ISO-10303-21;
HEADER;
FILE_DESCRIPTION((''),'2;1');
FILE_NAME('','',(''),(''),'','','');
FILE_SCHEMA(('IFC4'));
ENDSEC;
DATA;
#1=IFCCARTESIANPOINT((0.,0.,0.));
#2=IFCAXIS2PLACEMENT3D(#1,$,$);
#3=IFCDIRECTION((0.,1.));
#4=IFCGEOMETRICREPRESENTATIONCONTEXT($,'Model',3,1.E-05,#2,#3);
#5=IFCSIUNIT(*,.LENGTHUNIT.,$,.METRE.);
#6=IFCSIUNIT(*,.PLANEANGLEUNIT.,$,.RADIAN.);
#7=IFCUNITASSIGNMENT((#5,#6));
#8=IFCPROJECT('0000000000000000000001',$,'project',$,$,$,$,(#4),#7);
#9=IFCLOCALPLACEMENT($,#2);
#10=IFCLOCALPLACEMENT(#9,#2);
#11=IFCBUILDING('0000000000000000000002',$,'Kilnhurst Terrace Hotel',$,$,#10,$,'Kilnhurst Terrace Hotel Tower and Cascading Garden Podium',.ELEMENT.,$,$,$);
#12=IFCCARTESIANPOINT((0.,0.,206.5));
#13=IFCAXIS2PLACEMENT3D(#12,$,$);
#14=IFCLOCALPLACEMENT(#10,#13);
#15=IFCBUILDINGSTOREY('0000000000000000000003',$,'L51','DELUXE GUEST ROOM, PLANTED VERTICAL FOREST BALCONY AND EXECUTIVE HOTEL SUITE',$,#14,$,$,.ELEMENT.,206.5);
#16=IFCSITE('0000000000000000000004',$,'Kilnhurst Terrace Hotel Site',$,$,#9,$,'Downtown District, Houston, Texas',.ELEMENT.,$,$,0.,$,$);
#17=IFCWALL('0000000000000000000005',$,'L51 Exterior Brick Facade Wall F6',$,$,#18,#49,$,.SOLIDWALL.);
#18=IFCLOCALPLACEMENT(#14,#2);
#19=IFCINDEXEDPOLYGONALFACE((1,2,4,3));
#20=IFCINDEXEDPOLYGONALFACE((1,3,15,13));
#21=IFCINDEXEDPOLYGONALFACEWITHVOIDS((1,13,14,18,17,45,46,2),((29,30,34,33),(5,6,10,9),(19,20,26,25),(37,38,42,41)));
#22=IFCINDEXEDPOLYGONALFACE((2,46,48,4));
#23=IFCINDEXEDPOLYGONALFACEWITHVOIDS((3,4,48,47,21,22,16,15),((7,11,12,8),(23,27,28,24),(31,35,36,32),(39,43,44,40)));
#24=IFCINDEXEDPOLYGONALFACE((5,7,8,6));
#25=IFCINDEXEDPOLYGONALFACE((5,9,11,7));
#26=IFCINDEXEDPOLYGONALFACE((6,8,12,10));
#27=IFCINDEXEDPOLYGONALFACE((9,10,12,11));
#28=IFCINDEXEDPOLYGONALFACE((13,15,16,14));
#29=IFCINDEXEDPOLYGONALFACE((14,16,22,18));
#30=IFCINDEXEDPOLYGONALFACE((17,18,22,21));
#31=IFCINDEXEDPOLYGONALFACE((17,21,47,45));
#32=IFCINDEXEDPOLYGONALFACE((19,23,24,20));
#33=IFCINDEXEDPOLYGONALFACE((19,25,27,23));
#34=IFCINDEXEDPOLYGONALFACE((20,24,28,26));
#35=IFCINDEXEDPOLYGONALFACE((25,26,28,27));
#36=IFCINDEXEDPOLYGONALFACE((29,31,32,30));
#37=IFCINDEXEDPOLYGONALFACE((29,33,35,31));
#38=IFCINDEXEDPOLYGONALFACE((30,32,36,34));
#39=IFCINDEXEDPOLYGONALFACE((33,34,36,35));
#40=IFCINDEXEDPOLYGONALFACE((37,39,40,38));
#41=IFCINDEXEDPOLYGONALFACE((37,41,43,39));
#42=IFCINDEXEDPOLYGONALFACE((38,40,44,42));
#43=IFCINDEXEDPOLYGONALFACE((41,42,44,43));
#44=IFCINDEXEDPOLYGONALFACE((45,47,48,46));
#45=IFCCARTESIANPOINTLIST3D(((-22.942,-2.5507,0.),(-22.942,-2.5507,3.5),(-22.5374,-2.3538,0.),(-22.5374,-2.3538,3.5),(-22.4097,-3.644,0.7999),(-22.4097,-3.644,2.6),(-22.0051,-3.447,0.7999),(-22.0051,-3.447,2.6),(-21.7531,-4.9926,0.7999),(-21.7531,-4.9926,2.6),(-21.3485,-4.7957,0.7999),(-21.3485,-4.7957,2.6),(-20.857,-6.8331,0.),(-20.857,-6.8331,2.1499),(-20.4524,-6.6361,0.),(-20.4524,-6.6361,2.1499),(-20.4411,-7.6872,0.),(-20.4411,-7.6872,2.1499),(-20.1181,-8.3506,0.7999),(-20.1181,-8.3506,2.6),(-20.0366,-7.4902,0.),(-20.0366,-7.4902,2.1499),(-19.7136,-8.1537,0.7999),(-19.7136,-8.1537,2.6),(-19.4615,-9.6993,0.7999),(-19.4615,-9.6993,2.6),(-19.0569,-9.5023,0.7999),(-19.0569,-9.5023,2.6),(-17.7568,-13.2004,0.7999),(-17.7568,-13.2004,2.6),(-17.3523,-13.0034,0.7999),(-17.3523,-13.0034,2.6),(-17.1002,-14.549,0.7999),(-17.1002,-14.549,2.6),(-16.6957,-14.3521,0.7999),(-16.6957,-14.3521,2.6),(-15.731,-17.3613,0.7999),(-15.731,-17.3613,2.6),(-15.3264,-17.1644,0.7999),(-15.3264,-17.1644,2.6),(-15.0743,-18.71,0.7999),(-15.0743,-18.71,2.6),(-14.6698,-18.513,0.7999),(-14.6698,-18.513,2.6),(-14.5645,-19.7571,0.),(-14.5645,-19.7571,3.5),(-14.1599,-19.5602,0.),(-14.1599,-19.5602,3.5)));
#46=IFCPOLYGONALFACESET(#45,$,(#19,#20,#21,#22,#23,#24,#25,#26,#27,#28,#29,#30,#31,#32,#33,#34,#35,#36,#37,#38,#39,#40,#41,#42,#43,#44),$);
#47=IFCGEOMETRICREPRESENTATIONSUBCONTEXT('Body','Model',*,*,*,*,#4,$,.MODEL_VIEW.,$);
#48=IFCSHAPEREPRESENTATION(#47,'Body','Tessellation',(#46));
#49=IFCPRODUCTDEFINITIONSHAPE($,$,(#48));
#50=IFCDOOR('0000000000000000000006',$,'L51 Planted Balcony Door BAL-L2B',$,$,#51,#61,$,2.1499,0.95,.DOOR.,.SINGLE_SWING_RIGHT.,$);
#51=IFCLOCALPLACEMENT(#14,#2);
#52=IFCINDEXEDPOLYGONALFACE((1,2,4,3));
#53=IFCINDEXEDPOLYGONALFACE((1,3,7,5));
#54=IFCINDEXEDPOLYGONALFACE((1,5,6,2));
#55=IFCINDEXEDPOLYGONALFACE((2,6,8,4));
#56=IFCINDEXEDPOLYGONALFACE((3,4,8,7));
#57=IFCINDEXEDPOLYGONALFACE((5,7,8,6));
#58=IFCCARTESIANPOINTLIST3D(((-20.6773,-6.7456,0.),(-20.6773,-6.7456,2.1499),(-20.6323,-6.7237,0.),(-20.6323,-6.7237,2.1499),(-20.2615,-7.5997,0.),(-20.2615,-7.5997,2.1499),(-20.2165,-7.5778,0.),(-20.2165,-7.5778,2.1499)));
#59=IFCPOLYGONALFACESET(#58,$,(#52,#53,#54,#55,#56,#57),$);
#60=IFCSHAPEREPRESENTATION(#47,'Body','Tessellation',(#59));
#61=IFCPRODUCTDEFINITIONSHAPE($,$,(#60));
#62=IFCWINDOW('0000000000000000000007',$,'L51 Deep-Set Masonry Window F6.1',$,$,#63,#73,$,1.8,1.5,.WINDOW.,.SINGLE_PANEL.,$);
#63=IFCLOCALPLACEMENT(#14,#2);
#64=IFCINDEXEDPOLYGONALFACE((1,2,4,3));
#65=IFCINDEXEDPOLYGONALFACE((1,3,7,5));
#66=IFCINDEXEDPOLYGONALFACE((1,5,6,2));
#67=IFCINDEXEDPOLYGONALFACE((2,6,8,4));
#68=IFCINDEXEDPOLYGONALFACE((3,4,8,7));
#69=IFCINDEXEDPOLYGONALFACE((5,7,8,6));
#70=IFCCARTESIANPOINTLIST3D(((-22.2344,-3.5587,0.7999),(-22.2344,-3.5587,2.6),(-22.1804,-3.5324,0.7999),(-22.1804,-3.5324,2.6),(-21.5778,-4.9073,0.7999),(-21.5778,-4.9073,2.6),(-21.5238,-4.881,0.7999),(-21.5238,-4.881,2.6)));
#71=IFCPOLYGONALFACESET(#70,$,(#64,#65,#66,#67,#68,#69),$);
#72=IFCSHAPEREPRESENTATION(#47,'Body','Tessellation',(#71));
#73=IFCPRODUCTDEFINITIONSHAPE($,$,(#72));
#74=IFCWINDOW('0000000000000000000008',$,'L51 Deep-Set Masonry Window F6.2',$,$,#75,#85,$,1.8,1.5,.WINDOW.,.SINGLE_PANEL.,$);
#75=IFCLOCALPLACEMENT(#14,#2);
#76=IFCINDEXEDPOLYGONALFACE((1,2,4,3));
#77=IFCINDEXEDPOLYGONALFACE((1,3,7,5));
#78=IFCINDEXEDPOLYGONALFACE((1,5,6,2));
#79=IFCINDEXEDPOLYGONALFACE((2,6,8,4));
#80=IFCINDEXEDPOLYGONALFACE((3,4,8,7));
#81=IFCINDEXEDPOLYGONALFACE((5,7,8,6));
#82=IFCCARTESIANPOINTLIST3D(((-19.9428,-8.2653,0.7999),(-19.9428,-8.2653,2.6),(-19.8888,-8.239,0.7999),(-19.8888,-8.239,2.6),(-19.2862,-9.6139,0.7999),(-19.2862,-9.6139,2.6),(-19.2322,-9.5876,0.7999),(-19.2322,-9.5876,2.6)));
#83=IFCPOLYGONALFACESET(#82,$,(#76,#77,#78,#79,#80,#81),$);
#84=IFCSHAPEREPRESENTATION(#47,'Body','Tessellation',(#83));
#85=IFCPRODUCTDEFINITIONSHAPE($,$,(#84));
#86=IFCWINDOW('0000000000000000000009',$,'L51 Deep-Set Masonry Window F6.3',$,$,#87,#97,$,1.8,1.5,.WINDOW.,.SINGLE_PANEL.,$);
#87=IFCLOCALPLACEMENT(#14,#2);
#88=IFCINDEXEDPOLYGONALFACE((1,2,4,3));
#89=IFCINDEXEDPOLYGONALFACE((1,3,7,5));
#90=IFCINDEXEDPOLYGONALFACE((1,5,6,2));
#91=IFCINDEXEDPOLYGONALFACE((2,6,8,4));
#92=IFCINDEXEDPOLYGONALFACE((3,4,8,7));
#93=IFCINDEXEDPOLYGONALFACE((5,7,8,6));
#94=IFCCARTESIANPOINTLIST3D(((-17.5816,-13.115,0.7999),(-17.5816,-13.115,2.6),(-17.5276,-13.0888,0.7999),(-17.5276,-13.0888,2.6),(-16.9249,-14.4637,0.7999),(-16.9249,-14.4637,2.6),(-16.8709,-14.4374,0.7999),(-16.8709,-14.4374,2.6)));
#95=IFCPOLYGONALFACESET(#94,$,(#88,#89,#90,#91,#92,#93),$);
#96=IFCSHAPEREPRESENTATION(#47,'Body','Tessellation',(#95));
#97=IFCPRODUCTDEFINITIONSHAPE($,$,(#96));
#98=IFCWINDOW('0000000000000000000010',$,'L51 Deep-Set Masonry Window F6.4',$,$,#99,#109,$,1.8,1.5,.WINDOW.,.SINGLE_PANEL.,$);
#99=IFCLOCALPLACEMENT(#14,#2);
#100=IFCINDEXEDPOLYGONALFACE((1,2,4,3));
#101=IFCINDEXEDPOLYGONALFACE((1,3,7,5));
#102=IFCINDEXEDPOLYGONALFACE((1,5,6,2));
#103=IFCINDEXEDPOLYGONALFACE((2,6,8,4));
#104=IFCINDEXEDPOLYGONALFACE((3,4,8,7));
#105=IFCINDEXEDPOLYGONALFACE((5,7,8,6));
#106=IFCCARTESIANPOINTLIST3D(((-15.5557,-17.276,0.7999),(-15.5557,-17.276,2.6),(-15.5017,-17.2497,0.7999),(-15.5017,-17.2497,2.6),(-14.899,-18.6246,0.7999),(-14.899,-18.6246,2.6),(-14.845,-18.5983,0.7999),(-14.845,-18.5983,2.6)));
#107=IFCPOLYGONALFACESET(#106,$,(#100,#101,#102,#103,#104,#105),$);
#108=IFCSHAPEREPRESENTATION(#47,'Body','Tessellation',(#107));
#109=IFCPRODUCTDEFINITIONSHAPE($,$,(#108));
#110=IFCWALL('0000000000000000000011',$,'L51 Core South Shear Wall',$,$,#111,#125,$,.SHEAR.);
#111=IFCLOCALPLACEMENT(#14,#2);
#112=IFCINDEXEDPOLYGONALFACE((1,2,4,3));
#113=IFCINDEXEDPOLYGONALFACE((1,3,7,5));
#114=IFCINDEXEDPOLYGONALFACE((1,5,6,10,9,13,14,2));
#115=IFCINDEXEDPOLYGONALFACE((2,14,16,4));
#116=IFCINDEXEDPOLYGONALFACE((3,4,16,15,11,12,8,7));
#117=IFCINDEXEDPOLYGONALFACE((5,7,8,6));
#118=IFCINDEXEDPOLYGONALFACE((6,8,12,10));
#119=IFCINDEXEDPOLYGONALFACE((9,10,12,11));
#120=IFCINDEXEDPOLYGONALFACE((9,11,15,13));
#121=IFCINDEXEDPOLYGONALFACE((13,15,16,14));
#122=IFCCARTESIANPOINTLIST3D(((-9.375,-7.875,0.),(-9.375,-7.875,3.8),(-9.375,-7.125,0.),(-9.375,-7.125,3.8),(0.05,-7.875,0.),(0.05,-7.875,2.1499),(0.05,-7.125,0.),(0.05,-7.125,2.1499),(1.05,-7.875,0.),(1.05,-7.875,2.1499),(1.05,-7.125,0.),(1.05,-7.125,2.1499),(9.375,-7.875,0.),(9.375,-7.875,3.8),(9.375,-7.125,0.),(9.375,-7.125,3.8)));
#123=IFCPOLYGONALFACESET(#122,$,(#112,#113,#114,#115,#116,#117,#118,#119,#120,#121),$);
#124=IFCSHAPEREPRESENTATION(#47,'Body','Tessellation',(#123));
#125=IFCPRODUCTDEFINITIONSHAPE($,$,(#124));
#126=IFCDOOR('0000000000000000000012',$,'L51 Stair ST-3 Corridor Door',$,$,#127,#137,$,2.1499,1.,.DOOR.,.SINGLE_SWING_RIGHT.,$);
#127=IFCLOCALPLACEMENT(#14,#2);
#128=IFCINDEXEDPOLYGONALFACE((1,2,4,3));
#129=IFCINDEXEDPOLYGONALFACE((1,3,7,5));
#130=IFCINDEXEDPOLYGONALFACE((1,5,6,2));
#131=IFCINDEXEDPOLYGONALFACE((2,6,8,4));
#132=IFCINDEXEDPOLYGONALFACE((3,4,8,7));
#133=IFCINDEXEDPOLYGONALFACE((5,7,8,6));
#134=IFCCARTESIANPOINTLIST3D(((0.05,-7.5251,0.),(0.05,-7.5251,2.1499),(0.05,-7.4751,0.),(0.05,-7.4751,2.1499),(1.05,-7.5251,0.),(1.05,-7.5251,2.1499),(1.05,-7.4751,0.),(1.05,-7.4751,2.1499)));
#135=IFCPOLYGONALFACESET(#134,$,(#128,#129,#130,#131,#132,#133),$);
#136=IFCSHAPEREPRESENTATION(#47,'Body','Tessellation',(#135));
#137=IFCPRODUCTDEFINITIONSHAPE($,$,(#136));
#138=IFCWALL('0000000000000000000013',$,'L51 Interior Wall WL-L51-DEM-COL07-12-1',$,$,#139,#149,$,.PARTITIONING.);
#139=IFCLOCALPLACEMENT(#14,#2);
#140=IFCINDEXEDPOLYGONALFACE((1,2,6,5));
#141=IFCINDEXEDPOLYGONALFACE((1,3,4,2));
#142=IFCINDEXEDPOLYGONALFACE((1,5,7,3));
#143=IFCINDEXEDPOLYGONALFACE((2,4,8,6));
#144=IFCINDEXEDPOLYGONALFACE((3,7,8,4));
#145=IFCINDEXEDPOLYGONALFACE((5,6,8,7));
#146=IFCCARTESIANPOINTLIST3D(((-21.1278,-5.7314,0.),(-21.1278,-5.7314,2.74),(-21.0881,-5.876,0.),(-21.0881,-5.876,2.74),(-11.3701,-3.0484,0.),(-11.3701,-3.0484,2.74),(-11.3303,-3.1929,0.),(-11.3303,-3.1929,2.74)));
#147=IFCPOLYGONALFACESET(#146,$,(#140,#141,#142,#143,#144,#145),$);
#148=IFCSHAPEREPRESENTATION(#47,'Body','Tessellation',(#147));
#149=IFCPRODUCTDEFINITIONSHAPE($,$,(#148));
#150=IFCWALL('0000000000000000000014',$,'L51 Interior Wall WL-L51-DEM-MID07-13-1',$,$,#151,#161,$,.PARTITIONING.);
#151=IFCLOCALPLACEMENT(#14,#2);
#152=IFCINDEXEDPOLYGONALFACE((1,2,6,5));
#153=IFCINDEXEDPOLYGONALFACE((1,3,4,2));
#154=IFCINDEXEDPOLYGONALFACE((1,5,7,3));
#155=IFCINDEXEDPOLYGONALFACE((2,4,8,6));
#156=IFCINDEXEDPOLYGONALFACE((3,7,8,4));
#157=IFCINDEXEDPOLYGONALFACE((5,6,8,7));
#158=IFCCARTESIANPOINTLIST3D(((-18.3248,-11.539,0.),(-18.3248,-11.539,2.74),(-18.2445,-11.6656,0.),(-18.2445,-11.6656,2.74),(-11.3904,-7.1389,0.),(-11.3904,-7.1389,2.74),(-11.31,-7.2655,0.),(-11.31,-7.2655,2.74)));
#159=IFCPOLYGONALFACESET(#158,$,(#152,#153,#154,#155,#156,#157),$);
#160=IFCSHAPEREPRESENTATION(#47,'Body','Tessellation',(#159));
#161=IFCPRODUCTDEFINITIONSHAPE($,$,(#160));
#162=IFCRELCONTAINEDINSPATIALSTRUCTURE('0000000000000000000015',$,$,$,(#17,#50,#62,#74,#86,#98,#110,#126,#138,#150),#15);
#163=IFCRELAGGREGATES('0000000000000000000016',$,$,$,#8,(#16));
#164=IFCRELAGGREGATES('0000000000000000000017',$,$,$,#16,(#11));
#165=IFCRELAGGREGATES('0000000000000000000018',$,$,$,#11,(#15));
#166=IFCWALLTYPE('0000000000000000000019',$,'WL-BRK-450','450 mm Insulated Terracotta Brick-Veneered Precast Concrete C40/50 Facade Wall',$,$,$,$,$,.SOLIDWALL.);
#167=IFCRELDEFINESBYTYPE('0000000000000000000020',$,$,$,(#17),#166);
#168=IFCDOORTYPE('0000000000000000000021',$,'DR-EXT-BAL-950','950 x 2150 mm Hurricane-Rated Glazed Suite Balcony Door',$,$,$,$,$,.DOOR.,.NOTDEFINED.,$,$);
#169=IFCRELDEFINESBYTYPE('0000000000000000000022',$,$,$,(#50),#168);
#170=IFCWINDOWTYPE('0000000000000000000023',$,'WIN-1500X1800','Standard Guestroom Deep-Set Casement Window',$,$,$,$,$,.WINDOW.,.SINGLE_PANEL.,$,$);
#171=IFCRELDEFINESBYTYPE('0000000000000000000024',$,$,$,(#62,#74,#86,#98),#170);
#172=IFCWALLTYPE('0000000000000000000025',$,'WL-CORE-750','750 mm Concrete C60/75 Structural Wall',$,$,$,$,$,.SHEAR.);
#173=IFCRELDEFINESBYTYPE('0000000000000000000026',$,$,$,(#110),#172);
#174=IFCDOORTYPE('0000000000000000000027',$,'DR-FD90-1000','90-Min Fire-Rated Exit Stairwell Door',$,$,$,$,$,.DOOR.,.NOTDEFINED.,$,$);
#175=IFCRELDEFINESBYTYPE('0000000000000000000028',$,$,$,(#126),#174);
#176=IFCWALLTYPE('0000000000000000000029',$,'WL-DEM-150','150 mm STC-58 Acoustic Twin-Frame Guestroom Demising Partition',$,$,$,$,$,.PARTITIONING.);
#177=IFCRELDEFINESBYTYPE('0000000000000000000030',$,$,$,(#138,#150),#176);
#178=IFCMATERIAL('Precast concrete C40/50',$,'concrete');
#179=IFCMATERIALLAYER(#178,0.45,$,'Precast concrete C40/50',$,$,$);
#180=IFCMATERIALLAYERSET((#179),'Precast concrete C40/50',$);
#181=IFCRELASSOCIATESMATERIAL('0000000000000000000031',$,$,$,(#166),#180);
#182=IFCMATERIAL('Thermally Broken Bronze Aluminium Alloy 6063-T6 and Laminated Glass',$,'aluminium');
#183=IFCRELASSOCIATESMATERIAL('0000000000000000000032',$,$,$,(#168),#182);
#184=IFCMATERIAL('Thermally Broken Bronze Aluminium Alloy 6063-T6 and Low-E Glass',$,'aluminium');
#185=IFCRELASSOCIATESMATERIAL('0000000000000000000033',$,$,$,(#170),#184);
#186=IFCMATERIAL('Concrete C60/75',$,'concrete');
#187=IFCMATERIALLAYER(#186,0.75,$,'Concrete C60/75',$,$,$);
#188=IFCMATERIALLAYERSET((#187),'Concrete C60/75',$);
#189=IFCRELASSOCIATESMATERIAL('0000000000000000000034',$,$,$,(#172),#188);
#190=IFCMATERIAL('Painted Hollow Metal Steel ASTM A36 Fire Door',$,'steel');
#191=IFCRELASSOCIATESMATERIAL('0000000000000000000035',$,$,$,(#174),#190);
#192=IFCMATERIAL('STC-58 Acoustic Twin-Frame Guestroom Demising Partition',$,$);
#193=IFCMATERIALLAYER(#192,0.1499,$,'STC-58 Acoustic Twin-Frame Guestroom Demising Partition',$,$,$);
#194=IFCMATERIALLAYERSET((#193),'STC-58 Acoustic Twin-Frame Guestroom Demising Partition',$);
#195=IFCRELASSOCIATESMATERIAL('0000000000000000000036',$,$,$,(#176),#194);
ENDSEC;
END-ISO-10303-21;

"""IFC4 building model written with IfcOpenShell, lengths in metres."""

from ifc_helpers import new_model, si_unit, direction, frame, frame_2d, origin, place, context, subcontext, project, spatial, rectangle, extrude, material, layer, layer_set, type_object, element, fill, save


model = new_model("IFC4")

# Units and contexts
model_context = context("Model", 3, precision=1e-05, world=origin(), true_north=direction((0.0, 1.0)))
body_context = subcontext(model_context, "Body", "Model", "MODEL_VIEW")
ifc_project = project(units=[si_unit("LENGTHUNIT", "METRE"), si_unit("PLANEANGLEUNIT", "RADIAN")], contexts=[model_context])

# Site, building, storey
site_placement = place(None, origin())
site = spatial("IfcSite", under=ifc_project, at=site_placement, Name="Kilnhurst Terrace Hotel Site", LongName="Downtown District, Houston, Texas", CompositionType="ELEMENT", RefElevation=0.0)
building_placement = place(site_placement, origin())
building = spatial("IfcBuilding", under=site, at=building_placement, Name="Kilnhurst Terrace Hotel", LongName="Kilnhurst Terrace Hotel Tower and Cascading Garden Podium", CompositionType="ELEMENT")
storey_placement = place(building_placement, frame((0.0, 0.0, 206.5)))
storey = spatial("IfcBuildingStorey", under=building, at=storey_placement, Name="L51", Description="DELUXE GUEST ROOM, PLANTED VERTICAL FOREST BALCONY AND EXECUTIVE HOTEL SUITE", CompositionType="ELEMENT", Elevation=206.5)

# Shared definitions
ifc_material_1 = material(Name="Concrete C60/75", Category="concrete")

# Shared definitions
ifc_material_2 = material(Name="Precast concrete C40/50", Category="concrete")
ifc_layer_1 = layer(ifc_material_2, 0.45, Name="Precast concrete C40/50")
ifc_layer_set_1 = layer_set([ifc_layer_1], Name="Precast concrete C40/50")
wall_type_1 = type_object("IfcWallType", Name="WL-BRK-450", Description="450 mm Insulated Terracotta Brick-Veneered Precast Concrete C40/50 Facade Wall", PredefinedType="SOLIDWALL", material=ifc_layer_set_1)

# Wall, openings, door, windows
wall_1_placement = place(storey_placement, frame((-22.7397, -2.4521, 0.0), z_axis=(0.0, 0.0, 1.0), x_axis=(0.437753, -0.899095, 0.0)))
wall_1 = element("IfcWall", 1, at=wall_1_placement, inside=storey, type_object=wall_type_1, Name="L51 Exterior Brick Facade Wall F6", PredefinedType="SOLIDWALL", context=body_context, shape_type="SweptSolid", body=[
    extrude(rectangle(XDim=19.1375, YDim=0.45, at=frame_2d((9.5688, 0.0))), origin(), (0.0, 0.0, 1.0), 3.5),
])
opening_1_placement = place(wall_1_placement, frame((4.7629, 0.0, 0.0)))
opening_1 = element("IfcOpeningElement", 2, at=opening_1_placement, cuts=wall_1, PredefinedType="OPENING", context=body_context, shape_type="SweptSolid", body=[
    extrude(rectangle(XDim=0.95, YDim=2.1499, at=frame_2d((0.4751, 1.075))), frame((0.0, 0.2349, 0.0), z_axis=(0.0, -1.0, 0.0), x_axis=(1.0, 0.0, 0.0)), (0.0, 0.0, 1.0), 0.47),
])
opening_2_placement = place(wall_1_placement, frame((1.2161, 0.0, 0.8)))
opening_2 = element("IfcOpeningElement", 3, at=opening_2_placement, cuts=wall_1, PredefinedType="OPENING", context=body_context, shape_type="SweptSolid", body=[
    extrude(rectangle(XDim=1.5, YDim=1.8, at=frame_2d((0.75, 0.8999))), frame((0.0, 0.2349, 0.0), z_axis=(0.0, -1.0, 0.0), x_axis=(1.0, 0.0, 0.0)), (0.0, 0.0, 1.0), 0.47),
])
opening_3_placement = place(wall_1_placement, frame((6.4509, 0.0, 0.8)))
opening_3 = element("IfcOpeningElement", 4, at=opening_3_placement, cuts=wall_1, PredefinedType="OPENING", context=body_context, shape_type="SweptSolid", body=[
    extrude(rectangle(XDim=1.5, YDim=1.8, at=frame_2d((0.75, 0.8999))), frame((0.0, 0.2349, 0.0), z_axis=(0.0, -1.0, 0.0), x_axis=(1.0, 0.0, 0.0)), (0.0, 0.0, 1.0), 0.47),
])
opening_4_placement = place(wall_1_placement, frame((11.845, 0.0, 0.8)))
opening_4 = element("IfcOpeningElement", 5, at=opening_4_placement, cuts=wall_1, PredefinedType="OPENING", context=body_context, shape_type="SweptSolid", body=[
    extrude(rectangle(XDim=1.5, YDim=1.8, at=frame_2d((0.75, 0.8999))), frame((0.0, 0.2349, 0.0), z_axis=(0.0, -1.0, 0.0), x_axis=(1.0, 0.0, 0.0)), (0.0, 0.0, 1.0), 0.47),
])
opening_5_placement = place(wall_1_placement, frame((16.4729, 0.0, 0.8)))
opening_5 = element("IfcOpeningElement", 6, at=opening_5_placement, cuts=wall_1, PredefinedType="OPENING", context=body_context, shape_type="SweptSolid", body=[
    extrude(rectangle(XDim=1.5, YDim=1.8, at=frame_2d((0.75, 0.8999))), frame((0.0, 0.2349, 0.0), z_axis=(0.0, -1.0, 0.0), x_axis=(1.0, 0.0, 0.0)), (0.0, 0.0, 1.0), 0.47),
])
ifc_material_3 = material(Name="Thermally Broken Bronze Aluminium Alloy 6063-T6 and Laminated Glass", Category="aluminium")
door_type_1 = type_object("IfcDoorType", Name="DR-EXT-BAL-950", Description="950 x 2150 mm Hurricane-Rated Glazed Suite Balcony Door", OperationType="NOTDEFINED", PredefinedType="DOOR", material=ifc_material_3)
door_1_placement = place(opening_1_placement, origin())
door_1 = element("IfcDoor", 7, at=door_1_placement, inside=storey, type_object=door_type_1, Name="L51 Planted Balcony Door BAL-L2B", OperationType="SINGLE_SWING_RIGHT", OverallHeight=2.1499, OverallWidth=0.95, PredefinedType="DOOR", context=body_context, shape_type="SweptSolid", body=[
    extrude(rectangle(XDim=0.95, YDim=2.1499, at=frame_2d((0.4751, 1.075))), frame((0.0, 0.0249, 0.0), z_axis=(0.0, -1.0, 0.0), x_axis=(1.0, 0.0, 0.0)), (0.0, 0.0, 1.0), 0.05),
])
fill(opening_1, door_1)
ifc_material_4 = material(Name="Thermally Broken Bronze Aluminium Alloy 6063-T6 and Low-E Glass", Category="aluminium")
window_type = type_object("IfcWindowType", Name="WIN-1500X1800", Description="Standard Guestroom Deep-Set Casement Window", PartitioningType="SINGLE_PANEL", PredefinedType="WINDOW", material=ifc_material_4)
window_1_placement = place(opening_2_placement, origin())
window_1 = element("IfcWindow", 8, at=window_1_placement, inside=storey, type_object=window_type, Name="L51 Deep-Set Masonry Window F6.1", OverallHeight=1.8, OverallWidth=1.5, PartitioningType="SINGLE_PANEL", PredefinedType="WINDOW", context=body_context, shape_type="SweptSolid", body=[
    extrude(rectangle(XDim=1.5, YDim=1.8, at=frame_2d((0.75, 0.8999))), frame((0.0, 0.03, 0.0), z_axis=(0.0, -1.0, 0.0), x_axis=(1.0, 0.0, 0.0)), (0.0, 0.0, 1.0), 0.0601),
])
fill(opening_2, window_1)
window_2_placement = place(opening_3_placement, origin())
window_2 = element("IfcWindow", 9, at=window_2_placement, inside=storey, type_object=window_type, Name="L51 Deep-Set Masonry Window F6.2", OverallHeight=1.8, OverallWidth=1.5, PartitioningType="SINGLE_PANEL", PredefinedType="WINDOW", context=body_context, shape_type="SweptSolid", body=[
    extrude(rectangle(XDim=1.5, YDim=1.8, at=frame_2d((0.75, 0.8999))), frame((0.0, 0.03, 0.0), z_axis=(0.0, -1.0, 0.0), x_axis=(1.0, 0.0, 0.0)), (0.0, 0.0, 1.0), 0.0601),
])
fill(opening_3, window_2)
window_3_placement = place(opening_4_placement, origin())
window_3 = element("IfcWindow", 10, at=window_3_placement, inside=storey, type_object=window_type, Name="L51 Deep-Set Masonry Window F6.3", OverallHeight=1.8, OverallWidth=1.5, PartitioningType="SINGLE_PANEL", PredefinedType="WINDOW", context=body_context, shape_type="SweptSolid", body=[
    extrude(rectangle(XDim=1.5, YDim=1.8, at=frame_2d((0.75, 0.8999))), frame((0.0, 0.03, 0.0), z_axis=(0.0, -1.0, 0.0), x_axis=(1.0, 0.0, 0.0)), (0.0, 0.0, 1.0), 0.0601),
])
fill(opening_4, window_3)
window_4_placement = place(opening_5_placement, origin())
window_4 = element("IfcWindow", 11, at=window_4_placement, inside=storey, type_object=window_type, Name="L51 Deep-Set Masonry Window F6.4", OverallHeight=1.8, OverallWidth=1.5, PartitioningType="SINGLE_PANEL", PredefinedType="WINDOW", context=body_context, shape_type="SweptSolid", body=[
    extrude(rectangle(XDim=1.5, YDim=1.8, at=frame_2d((0.75, 0.8999))), frame((0.0, 0.03, 0.0), z_axis=(0.0, -1.0, 0.0), x_axis=(1.0, 0.0, 0.0)), (0.0, 0.0, 1.0), 0.0601),
])
fill(opening_5, window_4)

# Wall, opening, door
ifc_layer_2 = layer(ifc_material_1, 0.75, Name="Concrete C60/75")
ifc_layer_set_2 = layer_set([ifc_layer_2], Name="Concrete C60/75")
wall_type_2 = type_object("IfcWallType", Name="WL-CORE-750", Description="750 mm Concrete C60/75 Structural Wall", PredefinedType="SHEAR", material=ifc_layer_set_2)
wall_2_placement = place(storey_placement, frame((-9.375, -7.5, 0.0), z_axis=(0.0, 0.0, 1.0), x_axis=(1.0, 0.0, 0.0)))
wall_2 = element("IfcWall", 12, at=wall_2_placement, inside=storey, type_object=wall_type_2, Name="L51 Core South Shear Wall", PredefinedType="SHEAR", context=body_context, shape_type="SweptSolid", body=[
    extrude(rectangle(XDim=18.75, YDim=0.75, at=frame_2d((9.375, 0.0))), origin(), (0.0, 0.0, 1.0), 3.8),
])
opening_6_placement = place(wall_2_placement, frame((9.425, 0.0, 0.0)))
opening_6 = element("IfcOpeningElement", 13, at=opening_6_placement, cuts=wall_2, PredefinedType="OPENING", context=body_context, shape_type="SweptSolid", body=[
    extrude(rectangle(XDim=1.0, YDim=2.1499, at=frame_2d((0.5, 1.075))), frame((0.0, 0.385, 0.0), z_axis=(0.0, -1.0, 0.0), x_axis=(1.0, 0.0, 0.0)), (0.0, 0.0, 1.0), 0.77),
])
ifc_material_5 = material(Name="Painted Hollow Metal Steel ASTM A36 Fire Door", Category="steel")
door_type_2 = type_object("IfcDoorType", Name="DR-FD90-1000", Description="90-Min Fire-Rated Exit Stairwell Door", OperationType="NOTDEFINED", PredefinedType="DOOR", material=ifc_material_5)
door_2_placement = place(opening_6_placement, origin())
door_2 = element("IfcDoor", 14, at=door_2_placement, inside=storey, type_object=door_type_2, Name="L51 Stair ST-3 Corridor Door", OperationType="SINGLE_SWING_RIGHT", OverallHeight=2.1499, OverallWidth=1.0, PredefinedType="DOOR", context=body_context, shape_type="SweptSolid", body=[
    extrude(rectangle(XDim=1.0, YDim=2.1499, at=frame_2d((0.5, 1.075))), frame((0.0, 0.0249, 0.0), z_axis=(0.0, -1.0, 0.0), x_axis=(1.0, 0.0, 0.0)), (0.0, 0.0, 1.0), 0.05),
])
fill(opening_6, door_2)

# Walls
ifc_material_6 = material(Name="STC-58 Acoustic Twin-Frame Guestroom Demising Partition")
ifc_layer_3 = layer(ifc_material_6, 0.1499, Name="STC-58 Acoustic Twin-Frame Guestroom Demising Partition")
ifc_layer_set_3 = layer_set([ifc_layer_3], Name="STC-58 Acoustic Twin-Frame Guestroom Demising Partition")
wall_type_3 = type_object("IfcWallType", Name="WL-DEM-150", Description="150 mm STC-58 Acoustic Twin-Frame Guestroom Demising Partition", PredefinedType="PARTITIONING", material=ifc_layer_set_3)
wall_3_placement = place(storey_placement, frame((-11.3501, -3.1206, 0.0), z_axis=(0.0, 0.0, 1.0), x_axis=(-0.964213, -0.26513, 0.0)))
element("IfcWall", 15, at=wall_3_placement, inside=storey, type_object=wall_type_3, Name="L51 Interior Wall WL-L51-DEM-COL07-12-1", PredefinedType="PARTITIONING", context=body_context, shape_type="SweptSolid", body=[
    extrude(rectangle(XDim=10.1199, YDim=0.1499, at=frame_2d((5.0601, 0.0))), origin(), (0.0, 0.0, 1.0), 2.74),
])
wall_4_placement = place(storey_placement, frame((-11.3501, -7.2021, 0.0), z_axis=(0.0, 0.0, 1.0), x_axis=(-0.844365, -0.535769, 0.0)))
element("IfcWall", 16, at=wall_4_placement, inside=storey, type_object=wall_type_3, Name="L51 Interior Wall WL-L51-DEM-MID07-13-1", PredefinedType="PARTITIONING", context=body_context, shape_type="SweptSolid", body=[
    extrude(rectangle(XDim=8.2126, YDim=0.1499, at=frame_2d((4.1064, 0.0))), origin(), (0.0, 0.0, 1.0), 2.74),
])

save(model, "model.ifc")
